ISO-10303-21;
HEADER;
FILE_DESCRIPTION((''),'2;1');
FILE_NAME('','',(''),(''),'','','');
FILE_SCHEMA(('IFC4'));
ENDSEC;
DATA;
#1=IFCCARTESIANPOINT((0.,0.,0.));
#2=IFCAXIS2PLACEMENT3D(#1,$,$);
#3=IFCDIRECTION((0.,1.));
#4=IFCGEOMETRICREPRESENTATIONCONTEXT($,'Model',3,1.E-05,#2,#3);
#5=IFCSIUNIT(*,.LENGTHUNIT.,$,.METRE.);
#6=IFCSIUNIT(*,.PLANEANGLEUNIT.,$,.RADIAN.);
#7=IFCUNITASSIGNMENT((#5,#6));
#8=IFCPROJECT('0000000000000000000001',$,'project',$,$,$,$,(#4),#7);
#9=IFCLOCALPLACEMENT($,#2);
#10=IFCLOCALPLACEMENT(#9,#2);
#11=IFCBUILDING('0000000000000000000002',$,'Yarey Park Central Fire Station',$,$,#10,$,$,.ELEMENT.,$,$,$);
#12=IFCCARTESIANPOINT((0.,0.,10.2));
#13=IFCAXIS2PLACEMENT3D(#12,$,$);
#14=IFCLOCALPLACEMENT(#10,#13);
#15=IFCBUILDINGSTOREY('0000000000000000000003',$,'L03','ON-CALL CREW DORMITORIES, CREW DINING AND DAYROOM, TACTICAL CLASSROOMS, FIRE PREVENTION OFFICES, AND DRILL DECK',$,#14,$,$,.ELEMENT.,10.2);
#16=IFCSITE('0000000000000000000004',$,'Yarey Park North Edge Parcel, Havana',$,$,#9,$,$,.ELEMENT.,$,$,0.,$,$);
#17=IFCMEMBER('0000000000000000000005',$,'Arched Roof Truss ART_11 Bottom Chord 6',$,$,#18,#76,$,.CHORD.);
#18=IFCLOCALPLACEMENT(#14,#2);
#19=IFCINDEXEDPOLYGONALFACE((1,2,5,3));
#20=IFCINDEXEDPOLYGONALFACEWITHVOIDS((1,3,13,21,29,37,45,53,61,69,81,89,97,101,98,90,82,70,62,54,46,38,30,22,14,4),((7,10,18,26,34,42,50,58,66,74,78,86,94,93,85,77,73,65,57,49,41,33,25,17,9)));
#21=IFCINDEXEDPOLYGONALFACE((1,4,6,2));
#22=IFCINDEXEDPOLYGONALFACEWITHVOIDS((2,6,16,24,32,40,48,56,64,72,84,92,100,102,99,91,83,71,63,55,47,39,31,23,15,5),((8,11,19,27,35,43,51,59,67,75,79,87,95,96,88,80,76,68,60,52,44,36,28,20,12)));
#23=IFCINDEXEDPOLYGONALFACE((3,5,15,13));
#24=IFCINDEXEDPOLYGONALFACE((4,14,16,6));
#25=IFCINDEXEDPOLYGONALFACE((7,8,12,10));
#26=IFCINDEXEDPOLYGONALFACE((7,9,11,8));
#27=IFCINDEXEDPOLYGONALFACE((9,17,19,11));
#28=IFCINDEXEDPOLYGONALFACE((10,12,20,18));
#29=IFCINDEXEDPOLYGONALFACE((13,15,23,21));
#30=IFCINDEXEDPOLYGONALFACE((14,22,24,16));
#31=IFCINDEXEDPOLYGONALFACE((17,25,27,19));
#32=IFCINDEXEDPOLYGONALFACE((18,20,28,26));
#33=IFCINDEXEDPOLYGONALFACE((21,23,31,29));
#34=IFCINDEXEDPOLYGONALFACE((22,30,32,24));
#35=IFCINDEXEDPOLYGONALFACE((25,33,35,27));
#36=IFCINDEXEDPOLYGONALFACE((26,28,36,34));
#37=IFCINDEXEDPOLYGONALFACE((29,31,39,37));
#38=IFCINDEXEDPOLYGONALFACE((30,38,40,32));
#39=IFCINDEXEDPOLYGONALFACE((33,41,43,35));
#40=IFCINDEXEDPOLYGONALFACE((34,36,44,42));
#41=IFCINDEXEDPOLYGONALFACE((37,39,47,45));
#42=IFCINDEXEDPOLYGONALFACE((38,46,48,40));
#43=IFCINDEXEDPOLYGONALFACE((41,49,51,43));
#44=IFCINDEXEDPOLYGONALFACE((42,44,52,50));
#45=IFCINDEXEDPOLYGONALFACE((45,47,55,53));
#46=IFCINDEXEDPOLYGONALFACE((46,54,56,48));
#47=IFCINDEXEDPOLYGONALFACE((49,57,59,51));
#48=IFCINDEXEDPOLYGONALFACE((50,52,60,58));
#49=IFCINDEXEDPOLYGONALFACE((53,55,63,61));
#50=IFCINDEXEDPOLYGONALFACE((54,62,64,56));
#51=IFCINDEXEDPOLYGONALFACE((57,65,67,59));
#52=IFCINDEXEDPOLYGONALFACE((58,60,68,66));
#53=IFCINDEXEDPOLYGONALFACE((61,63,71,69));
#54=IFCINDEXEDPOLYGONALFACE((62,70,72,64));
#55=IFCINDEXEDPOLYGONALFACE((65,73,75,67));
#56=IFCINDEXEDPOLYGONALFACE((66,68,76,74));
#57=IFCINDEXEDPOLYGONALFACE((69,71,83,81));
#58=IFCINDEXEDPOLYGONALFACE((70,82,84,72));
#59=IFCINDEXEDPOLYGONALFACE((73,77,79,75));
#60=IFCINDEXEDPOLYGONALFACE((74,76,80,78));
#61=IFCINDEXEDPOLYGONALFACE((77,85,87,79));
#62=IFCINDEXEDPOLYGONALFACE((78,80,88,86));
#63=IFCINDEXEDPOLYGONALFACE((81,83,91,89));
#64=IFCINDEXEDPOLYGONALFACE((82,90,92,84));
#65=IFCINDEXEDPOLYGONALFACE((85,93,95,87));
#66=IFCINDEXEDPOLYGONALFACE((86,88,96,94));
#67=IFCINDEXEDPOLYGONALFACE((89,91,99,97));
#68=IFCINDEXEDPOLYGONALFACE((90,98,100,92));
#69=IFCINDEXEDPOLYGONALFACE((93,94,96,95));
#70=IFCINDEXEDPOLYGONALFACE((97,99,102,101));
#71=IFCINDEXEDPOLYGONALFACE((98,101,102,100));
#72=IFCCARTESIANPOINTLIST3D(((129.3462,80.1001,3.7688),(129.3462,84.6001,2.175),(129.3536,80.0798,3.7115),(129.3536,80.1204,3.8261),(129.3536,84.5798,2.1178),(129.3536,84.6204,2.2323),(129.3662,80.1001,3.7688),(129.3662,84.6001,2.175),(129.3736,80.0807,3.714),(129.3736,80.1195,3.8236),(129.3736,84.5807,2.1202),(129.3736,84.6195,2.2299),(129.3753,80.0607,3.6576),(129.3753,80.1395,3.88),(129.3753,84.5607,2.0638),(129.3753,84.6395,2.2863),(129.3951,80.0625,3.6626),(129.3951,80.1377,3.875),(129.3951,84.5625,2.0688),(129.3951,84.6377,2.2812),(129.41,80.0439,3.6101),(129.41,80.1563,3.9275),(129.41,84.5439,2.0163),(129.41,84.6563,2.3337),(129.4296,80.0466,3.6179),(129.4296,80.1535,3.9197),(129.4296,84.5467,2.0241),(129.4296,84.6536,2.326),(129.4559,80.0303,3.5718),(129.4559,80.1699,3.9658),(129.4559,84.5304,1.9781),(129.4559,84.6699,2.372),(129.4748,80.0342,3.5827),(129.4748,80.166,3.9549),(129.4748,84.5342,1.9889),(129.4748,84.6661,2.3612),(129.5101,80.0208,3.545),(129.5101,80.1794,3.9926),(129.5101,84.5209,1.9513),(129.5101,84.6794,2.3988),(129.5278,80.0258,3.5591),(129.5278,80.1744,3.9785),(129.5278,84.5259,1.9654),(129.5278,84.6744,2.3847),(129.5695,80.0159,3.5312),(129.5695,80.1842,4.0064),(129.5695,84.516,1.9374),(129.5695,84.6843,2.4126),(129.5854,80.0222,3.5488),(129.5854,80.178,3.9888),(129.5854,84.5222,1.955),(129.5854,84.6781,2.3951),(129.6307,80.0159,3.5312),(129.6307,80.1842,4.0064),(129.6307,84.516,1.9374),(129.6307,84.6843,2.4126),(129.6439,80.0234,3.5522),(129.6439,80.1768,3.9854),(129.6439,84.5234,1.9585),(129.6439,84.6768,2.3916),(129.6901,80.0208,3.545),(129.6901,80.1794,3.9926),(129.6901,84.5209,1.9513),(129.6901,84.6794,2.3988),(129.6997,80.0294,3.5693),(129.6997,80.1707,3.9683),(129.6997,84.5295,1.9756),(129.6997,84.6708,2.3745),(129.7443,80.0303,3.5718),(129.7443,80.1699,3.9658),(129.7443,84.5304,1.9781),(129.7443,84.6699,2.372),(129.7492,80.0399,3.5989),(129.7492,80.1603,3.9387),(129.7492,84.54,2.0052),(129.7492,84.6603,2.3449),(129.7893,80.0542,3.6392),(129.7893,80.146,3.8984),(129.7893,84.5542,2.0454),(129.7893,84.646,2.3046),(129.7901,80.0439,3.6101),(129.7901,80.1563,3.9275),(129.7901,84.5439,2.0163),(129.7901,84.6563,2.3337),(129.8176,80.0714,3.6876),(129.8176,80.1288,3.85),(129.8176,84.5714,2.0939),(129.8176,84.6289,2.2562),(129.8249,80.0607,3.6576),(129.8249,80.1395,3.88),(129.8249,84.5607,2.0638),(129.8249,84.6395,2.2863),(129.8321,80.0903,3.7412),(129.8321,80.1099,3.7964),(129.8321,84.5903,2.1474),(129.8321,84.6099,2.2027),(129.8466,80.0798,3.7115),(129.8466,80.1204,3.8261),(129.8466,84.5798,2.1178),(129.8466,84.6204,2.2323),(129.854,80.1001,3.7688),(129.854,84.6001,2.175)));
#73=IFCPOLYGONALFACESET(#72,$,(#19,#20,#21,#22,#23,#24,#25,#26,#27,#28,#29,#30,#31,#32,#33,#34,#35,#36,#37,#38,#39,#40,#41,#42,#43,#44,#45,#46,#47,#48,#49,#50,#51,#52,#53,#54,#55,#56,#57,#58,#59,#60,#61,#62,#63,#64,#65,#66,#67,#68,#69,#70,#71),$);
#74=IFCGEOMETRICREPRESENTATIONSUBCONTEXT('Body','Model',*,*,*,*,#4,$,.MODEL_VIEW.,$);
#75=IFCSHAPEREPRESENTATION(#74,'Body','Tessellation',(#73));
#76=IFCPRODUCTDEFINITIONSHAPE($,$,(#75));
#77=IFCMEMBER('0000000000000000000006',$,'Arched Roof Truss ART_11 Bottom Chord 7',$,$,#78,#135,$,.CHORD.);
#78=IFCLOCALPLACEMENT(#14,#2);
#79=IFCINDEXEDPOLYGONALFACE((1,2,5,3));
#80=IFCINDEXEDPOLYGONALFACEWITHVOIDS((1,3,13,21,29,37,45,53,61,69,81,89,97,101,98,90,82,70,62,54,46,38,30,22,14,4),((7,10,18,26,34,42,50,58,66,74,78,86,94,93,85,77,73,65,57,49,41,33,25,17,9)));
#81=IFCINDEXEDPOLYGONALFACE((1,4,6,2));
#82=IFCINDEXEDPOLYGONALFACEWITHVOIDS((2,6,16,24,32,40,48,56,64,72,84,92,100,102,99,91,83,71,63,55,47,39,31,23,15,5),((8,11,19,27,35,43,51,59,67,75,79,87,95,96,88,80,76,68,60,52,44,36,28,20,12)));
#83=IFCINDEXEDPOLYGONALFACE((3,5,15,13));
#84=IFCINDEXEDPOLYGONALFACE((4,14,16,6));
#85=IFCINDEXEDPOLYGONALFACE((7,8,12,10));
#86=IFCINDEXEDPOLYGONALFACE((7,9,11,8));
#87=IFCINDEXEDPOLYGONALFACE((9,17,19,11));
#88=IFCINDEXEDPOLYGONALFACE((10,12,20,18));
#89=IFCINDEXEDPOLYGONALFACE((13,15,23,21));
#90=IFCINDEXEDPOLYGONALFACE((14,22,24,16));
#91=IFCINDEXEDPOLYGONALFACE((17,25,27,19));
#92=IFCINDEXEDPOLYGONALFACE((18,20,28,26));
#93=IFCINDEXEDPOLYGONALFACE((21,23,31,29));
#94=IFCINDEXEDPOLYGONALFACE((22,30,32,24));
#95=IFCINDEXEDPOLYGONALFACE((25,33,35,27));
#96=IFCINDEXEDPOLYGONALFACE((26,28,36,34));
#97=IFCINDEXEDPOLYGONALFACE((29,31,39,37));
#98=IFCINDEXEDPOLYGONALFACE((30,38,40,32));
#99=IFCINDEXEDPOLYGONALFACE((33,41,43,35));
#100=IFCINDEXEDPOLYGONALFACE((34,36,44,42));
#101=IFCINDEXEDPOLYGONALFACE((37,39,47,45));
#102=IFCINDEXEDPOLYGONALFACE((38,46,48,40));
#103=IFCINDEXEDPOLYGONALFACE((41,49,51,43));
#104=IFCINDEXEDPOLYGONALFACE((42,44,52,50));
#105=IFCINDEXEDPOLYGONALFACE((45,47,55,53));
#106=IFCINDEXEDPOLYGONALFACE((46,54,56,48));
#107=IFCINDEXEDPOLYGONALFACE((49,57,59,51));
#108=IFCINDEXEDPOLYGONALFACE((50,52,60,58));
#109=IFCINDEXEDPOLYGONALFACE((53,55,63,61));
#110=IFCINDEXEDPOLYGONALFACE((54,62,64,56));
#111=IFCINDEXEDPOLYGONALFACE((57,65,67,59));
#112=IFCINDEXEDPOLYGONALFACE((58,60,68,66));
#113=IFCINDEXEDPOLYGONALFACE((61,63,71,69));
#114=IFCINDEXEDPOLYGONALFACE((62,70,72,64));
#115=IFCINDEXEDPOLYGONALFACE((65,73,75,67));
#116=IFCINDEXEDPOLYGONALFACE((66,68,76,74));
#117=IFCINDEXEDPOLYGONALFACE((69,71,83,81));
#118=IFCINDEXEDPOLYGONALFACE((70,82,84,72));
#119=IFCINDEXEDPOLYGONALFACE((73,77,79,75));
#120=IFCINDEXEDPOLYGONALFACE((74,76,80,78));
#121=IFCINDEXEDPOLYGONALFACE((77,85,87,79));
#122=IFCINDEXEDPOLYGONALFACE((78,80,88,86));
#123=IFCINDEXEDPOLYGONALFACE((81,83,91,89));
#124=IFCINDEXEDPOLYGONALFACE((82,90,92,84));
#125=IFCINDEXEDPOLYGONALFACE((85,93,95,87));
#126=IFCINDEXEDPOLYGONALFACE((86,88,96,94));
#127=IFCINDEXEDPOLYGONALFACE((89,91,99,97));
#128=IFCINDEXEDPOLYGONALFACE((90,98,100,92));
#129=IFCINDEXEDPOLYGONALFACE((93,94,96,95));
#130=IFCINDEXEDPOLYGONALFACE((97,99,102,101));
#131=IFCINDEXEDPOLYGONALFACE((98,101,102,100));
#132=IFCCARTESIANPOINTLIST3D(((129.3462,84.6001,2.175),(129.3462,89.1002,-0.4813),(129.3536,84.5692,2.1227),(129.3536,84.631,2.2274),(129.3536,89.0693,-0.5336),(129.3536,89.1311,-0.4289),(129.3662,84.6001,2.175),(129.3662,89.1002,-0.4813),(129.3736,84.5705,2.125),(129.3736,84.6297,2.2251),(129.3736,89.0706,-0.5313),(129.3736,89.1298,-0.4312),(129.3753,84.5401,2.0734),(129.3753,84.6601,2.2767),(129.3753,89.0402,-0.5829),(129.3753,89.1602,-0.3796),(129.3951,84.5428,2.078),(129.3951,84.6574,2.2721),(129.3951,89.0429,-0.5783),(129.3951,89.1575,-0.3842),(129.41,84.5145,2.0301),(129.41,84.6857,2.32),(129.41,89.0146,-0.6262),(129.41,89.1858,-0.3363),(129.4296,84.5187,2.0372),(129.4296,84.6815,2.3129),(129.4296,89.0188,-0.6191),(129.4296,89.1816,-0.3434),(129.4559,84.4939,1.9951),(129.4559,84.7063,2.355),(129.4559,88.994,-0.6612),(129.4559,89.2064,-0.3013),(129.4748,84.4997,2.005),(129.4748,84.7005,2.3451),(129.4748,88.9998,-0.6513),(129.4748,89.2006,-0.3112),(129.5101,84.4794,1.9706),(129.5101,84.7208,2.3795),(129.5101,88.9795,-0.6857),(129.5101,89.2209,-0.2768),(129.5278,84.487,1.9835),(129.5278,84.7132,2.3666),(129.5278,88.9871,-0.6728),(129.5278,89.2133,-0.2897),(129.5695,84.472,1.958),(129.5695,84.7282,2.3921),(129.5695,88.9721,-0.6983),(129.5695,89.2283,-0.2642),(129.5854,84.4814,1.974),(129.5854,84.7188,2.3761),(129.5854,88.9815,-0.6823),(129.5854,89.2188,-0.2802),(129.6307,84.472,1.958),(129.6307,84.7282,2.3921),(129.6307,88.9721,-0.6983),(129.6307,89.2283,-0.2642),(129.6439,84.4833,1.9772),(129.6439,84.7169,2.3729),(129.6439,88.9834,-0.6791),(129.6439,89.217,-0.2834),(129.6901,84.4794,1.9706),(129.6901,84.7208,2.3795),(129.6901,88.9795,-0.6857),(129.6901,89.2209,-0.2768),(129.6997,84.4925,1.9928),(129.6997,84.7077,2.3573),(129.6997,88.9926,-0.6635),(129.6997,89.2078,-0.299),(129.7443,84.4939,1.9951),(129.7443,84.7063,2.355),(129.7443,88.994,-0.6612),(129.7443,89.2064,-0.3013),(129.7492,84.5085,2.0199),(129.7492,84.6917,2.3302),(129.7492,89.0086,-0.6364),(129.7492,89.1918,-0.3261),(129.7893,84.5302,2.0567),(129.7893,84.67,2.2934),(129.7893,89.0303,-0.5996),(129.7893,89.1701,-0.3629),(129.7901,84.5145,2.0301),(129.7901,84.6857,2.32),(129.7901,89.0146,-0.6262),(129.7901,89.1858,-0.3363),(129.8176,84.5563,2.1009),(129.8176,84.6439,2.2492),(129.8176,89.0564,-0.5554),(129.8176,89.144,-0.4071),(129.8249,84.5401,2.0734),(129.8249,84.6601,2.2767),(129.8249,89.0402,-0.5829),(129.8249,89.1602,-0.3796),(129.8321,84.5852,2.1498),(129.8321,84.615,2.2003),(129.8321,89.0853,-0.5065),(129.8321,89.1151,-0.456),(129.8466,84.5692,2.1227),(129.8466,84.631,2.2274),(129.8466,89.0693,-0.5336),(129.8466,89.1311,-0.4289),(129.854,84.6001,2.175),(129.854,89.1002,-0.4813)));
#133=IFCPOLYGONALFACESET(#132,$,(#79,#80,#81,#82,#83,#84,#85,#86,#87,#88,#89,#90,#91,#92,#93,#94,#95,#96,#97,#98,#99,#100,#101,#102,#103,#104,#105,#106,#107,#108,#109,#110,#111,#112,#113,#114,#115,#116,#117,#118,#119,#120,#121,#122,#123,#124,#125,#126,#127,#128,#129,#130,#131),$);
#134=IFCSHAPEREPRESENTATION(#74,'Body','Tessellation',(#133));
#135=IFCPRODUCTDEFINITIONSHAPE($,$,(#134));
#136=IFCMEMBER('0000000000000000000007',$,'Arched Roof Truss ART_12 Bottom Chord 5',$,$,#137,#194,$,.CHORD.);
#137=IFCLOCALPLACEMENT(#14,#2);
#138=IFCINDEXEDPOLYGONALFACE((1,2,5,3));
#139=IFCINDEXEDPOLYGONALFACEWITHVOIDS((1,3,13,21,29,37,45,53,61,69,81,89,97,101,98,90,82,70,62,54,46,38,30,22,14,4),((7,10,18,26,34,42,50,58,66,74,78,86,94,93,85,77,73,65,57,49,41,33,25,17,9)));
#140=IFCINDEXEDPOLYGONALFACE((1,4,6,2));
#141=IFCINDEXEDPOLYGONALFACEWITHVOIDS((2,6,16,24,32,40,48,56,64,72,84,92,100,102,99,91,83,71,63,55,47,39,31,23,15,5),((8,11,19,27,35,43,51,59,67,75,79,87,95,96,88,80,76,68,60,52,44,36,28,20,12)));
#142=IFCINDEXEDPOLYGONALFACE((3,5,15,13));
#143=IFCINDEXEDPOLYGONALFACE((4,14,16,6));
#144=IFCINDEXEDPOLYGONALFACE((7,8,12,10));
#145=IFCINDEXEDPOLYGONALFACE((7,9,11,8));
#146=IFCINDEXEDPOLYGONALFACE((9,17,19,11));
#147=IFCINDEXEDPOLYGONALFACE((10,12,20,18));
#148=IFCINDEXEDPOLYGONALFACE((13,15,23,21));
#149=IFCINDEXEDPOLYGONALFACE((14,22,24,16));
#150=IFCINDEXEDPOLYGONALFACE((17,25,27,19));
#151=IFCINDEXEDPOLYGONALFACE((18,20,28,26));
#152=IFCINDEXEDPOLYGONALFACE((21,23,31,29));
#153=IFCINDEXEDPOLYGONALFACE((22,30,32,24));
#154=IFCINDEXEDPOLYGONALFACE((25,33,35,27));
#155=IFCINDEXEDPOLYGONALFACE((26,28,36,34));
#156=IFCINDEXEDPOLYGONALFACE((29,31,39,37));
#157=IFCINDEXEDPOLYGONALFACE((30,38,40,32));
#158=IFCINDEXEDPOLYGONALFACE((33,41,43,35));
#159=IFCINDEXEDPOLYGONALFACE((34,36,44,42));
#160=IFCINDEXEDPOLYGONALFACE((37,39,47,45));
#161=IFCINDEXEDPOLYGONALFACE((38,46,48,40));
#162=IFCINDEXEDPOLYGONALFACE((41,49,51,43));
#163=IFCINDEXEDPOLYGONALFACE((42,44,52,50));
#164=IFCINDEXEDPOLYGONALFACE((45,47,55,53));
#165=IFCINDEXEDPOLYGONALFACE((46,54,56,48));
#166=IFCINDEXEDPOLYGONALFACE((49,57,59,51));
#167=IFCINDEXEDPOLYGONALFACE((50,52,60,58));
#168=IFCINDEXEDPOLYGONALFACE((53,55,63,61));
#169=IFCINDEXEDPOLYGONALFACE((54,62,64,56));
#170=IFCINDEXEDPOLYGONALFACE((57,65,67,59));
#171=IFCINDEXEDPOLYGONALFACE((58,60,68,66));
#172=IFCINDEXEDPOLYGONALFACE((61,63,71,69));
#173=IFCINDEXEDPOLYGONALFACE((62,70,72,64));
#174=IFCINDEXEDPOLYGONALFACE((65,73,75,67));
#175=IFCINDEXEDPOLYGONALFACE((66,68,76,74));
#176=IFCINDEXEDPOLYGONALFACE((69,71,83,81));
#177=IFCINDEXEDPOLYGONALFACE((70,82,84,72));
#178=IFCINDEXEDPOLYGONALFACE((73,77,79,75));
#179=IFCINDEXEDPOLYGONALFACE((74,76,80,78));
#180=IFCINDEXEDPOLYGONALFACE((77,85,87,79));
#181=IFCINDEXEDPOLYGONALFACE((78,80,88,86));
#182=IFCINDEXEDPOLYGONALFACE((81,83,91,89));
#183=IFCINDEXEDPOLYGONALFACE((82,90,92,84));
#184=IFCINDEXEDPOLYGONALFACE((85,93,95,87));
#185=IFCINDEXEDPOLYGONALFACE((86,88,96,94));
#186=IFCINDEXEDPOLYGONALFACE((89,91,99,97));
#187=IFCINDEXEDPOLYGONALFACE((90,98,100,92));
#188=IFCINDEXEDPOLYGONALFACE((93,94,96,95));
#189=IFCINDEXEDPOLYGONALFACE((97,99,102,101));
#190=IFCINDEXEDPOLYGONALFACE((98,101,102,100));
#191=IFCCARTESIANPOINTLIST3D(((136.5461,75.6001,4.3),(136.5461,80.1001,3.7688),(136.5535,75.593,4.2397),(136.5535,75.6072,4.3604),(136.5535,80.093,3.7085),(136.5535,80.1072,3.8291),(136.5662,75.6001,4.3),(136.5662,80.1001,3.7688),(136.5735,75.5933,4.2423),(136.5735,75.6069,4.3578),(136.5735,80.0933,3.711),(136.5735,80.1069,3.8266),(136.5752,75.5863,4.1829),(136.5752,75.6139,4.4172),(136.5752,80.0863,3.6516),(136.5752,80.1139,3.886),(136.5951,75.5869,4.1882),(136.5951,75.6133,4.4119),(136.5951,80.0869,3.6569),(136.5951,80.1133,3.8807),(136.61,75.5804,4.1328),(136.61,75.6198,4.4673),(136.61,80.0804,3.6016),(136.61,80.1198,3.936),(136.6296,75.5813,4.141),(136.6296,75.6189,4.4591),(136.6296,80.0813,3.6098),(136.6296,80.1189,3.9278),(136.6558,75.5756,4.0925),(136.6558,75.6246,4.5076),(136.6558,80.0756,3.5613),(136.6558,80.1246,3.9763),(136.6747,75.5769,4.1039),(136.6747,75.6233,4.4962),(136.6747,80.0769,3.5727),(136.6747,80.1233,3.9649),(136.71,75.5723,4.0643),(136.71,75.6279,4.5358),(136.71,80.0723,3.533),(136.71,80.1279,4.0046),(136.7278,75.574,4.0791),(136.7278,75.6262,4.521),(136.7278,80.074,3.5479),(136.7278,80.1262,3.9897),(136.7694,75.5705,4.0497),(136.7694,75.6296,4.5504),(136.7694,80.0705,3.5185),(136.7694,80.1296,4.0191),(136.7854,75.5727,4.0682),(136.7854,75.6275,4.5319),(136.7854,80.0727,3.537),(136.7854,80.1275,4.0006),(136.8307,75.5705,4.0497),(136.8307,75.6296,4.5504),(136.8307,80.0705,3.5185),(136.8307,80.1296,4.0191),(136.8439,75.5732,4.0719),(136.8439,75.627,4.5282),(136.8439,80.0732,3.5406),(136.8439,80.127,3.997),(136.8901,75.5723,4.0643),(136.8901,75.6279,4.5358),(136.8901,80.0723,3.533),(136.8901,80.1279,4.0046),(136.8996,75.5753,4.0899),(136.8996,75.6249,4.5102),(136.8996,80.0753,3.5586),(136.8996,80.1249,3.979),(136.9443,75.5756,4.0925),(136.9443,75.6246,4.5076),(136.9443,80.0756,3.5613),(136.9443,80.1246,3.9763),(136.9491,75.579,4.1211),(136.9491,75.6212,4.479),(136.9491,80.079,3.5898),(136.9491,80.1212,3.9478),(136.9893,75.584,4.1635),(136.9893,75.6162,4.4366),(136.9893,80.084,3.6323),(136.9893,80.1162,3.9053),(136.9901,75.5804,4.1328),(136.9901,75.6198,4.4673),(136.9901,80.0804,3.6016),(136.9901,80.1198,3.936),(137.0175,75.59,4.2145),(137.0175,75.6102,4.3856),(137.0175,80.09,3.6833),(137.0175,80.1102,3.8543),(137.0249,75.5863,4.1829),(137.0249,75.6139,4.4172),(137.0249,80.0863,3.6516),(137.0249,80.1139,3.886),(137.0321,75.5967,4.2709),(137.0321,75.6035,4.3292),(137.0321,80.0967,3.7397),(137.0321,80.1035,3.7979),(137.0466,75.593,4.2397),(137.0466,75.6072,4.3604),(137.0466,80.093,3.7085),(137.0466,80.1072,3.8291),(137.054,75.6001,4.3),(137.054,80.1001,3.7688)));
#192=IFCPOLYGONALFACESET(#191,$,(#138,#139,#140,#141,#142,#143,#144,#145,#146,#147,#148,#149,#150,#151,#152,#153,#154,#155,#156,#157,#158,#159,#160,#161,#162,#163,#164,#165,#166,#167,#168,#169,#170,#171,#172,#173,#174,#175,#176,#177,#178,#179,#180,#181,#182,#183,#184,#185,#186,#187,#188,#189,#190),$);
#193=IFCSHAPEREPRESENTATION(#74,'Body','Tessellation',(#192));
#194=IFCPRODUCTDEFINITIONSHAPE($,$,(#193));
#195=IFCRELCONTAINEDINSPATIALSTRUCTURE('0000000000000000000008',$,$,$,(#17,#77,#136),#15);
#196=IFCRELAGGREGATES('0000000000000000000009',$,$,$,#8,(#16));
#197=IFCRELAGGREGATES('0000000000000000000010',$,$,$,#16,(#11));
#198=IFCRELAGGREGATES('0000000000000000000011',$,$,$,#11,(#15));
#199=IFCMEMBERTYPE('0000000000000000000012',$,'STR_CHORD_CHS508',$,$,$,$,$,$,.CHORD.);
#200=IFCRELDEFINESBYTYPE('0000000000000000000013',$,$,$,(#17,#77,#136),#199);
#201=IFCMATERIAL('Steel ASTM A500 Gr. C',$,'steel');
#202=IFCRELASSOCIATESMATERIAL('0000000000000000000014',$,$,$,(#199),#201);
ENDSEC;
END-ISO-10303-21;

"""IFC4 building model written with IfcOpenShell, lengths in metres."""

from ifc_helpers import new_model, si_unit, direction, frame, origin, origin_2d, place, context, subcontext, project, spatial, hollow_circle, extrude, material, material_profile, profile_set, type_object, element, save


model = new_model("IFC4")

# Units and contexts
model_context = context("Model", 3, precision=1e-05, world=origin(), true_north=direction((0.0, 1.0)))
body_context = subcontext(model_context, "Body", "Model", "MODEL_VIEW")
ifc_project = project(units=[si_unit("LENGTHUNIT", "METRE"), si_unit("PLANEANGLEUNIT", "RADIAN")], contexts=[model_context])

# Site, building, storey
site_placement = place(None, origin())
site = spatial("IfcSite", under=ifc_project, at=site_placement, Name="Yarey Park North Edge Parcel, Havana", CompositionType="ELEMENT", RefElevation=0.0)
building_placement = place(site_placement, origin())
building = spatial("IfcBuilding", under=site, at=building_placement, Name="Yarey Park Central Fire Station", CompositionType="ELEMENT")
storey_placement = place(building_placement, frame((0.0, 0.0, 10.2)))
storey = spatial("IfcBuildingStorey", under=building, at=storey_placement, Name="L03", Description="ON-CALL CREW DORMITORIES, CREW DINING AND DAYROOM, TACTICAL CLASSROOMS, FIRE PREVENTION OFFICES, AND DRILL DECK", CompositionType="ELEMENT", Elevation=10.2)

# Members
ifc_material_1 = material(Name="Steel ASTM A500 Gr. C", Category="steel")
ifc_material_profile_1 = material_profile(ifc_material_1, hollow_circle(Radius=0.2539, WallThickness=0.02, at=origin_2d()), Name="CHS 508x20")
ifc_profile_set_1 = profile_set([ifc_material_profile_1], Name="Steel ASTM A500 Gr. C")
member_type_1 = type_object("IfcMemberType", Name="STR_CHORD_CHS508", PredefinedType="CHORD", material=ifc_profile_set_1)
member_1_placement = place(storey_placement, frame((129.6001, 80.1001, 3.7688), z_axis=(0.0, 0.942627, -0.333847), x_axis=(-1.0, 0.0, 0.0)))
element("IfcMember", 1, at=member_1_placement, inside=storey, type_object=member_type_1, Name="Arched Roof Truss ART_11 Bottom Chord 6", PredefinedType="CHORD", context=body_context, shape_type="SweptSolid", body=[
    extrude(hollow_circle(Radius=0.2539, WallThickness=0.02, at=origin_2d()), origin(), (0.0, 0.0, 1.0), 4.7739),
])
member_2_placement = place(storey_placement, frame((129.6001, 84.6001, 2.175), z_axis=(0.0, 0.861165, -0.508326), x_axis=(-1.0, 0.0, 0.0)))
element("IfcMember", 2, at=member_2_placement, inside=storey, type_object=member_type_1, Name="Arched Roof Truss ART_11 Bottom Chord 7", PredefinedType="CHORD", context=body_context, shape_type="SweptSolid", body=[
    extrude(hollow_circle(Radius=0.2539, WallThickness=0.02, at=origin_2d()), origin(), (0.0, 0.0, 1.0), 5.2256),
])
member_3_placement = place(storey_placement, frame((136.8, 75.6001, 4.3), z_axis=(0.0, 0.993103, -0.117241), x_axis=(-1.0, 0.0, 0.0)))
element("IfcMember", 3, at=member_3_placement, inside=storey, type_object=member_type_1, Name="Arched Roof Truss ART_12 Bottom Chord 5", PredefinedType="CHORD", context=body_context, shape_type="SweptSolid", body=[
    extrude(hollow_circle(Radius=0.2539, WallThickness=0.02, at=origin_2d()), origin(), (0.0, 0.0, 1.0), 4.5312),
])

save(model, "model.ifc")
